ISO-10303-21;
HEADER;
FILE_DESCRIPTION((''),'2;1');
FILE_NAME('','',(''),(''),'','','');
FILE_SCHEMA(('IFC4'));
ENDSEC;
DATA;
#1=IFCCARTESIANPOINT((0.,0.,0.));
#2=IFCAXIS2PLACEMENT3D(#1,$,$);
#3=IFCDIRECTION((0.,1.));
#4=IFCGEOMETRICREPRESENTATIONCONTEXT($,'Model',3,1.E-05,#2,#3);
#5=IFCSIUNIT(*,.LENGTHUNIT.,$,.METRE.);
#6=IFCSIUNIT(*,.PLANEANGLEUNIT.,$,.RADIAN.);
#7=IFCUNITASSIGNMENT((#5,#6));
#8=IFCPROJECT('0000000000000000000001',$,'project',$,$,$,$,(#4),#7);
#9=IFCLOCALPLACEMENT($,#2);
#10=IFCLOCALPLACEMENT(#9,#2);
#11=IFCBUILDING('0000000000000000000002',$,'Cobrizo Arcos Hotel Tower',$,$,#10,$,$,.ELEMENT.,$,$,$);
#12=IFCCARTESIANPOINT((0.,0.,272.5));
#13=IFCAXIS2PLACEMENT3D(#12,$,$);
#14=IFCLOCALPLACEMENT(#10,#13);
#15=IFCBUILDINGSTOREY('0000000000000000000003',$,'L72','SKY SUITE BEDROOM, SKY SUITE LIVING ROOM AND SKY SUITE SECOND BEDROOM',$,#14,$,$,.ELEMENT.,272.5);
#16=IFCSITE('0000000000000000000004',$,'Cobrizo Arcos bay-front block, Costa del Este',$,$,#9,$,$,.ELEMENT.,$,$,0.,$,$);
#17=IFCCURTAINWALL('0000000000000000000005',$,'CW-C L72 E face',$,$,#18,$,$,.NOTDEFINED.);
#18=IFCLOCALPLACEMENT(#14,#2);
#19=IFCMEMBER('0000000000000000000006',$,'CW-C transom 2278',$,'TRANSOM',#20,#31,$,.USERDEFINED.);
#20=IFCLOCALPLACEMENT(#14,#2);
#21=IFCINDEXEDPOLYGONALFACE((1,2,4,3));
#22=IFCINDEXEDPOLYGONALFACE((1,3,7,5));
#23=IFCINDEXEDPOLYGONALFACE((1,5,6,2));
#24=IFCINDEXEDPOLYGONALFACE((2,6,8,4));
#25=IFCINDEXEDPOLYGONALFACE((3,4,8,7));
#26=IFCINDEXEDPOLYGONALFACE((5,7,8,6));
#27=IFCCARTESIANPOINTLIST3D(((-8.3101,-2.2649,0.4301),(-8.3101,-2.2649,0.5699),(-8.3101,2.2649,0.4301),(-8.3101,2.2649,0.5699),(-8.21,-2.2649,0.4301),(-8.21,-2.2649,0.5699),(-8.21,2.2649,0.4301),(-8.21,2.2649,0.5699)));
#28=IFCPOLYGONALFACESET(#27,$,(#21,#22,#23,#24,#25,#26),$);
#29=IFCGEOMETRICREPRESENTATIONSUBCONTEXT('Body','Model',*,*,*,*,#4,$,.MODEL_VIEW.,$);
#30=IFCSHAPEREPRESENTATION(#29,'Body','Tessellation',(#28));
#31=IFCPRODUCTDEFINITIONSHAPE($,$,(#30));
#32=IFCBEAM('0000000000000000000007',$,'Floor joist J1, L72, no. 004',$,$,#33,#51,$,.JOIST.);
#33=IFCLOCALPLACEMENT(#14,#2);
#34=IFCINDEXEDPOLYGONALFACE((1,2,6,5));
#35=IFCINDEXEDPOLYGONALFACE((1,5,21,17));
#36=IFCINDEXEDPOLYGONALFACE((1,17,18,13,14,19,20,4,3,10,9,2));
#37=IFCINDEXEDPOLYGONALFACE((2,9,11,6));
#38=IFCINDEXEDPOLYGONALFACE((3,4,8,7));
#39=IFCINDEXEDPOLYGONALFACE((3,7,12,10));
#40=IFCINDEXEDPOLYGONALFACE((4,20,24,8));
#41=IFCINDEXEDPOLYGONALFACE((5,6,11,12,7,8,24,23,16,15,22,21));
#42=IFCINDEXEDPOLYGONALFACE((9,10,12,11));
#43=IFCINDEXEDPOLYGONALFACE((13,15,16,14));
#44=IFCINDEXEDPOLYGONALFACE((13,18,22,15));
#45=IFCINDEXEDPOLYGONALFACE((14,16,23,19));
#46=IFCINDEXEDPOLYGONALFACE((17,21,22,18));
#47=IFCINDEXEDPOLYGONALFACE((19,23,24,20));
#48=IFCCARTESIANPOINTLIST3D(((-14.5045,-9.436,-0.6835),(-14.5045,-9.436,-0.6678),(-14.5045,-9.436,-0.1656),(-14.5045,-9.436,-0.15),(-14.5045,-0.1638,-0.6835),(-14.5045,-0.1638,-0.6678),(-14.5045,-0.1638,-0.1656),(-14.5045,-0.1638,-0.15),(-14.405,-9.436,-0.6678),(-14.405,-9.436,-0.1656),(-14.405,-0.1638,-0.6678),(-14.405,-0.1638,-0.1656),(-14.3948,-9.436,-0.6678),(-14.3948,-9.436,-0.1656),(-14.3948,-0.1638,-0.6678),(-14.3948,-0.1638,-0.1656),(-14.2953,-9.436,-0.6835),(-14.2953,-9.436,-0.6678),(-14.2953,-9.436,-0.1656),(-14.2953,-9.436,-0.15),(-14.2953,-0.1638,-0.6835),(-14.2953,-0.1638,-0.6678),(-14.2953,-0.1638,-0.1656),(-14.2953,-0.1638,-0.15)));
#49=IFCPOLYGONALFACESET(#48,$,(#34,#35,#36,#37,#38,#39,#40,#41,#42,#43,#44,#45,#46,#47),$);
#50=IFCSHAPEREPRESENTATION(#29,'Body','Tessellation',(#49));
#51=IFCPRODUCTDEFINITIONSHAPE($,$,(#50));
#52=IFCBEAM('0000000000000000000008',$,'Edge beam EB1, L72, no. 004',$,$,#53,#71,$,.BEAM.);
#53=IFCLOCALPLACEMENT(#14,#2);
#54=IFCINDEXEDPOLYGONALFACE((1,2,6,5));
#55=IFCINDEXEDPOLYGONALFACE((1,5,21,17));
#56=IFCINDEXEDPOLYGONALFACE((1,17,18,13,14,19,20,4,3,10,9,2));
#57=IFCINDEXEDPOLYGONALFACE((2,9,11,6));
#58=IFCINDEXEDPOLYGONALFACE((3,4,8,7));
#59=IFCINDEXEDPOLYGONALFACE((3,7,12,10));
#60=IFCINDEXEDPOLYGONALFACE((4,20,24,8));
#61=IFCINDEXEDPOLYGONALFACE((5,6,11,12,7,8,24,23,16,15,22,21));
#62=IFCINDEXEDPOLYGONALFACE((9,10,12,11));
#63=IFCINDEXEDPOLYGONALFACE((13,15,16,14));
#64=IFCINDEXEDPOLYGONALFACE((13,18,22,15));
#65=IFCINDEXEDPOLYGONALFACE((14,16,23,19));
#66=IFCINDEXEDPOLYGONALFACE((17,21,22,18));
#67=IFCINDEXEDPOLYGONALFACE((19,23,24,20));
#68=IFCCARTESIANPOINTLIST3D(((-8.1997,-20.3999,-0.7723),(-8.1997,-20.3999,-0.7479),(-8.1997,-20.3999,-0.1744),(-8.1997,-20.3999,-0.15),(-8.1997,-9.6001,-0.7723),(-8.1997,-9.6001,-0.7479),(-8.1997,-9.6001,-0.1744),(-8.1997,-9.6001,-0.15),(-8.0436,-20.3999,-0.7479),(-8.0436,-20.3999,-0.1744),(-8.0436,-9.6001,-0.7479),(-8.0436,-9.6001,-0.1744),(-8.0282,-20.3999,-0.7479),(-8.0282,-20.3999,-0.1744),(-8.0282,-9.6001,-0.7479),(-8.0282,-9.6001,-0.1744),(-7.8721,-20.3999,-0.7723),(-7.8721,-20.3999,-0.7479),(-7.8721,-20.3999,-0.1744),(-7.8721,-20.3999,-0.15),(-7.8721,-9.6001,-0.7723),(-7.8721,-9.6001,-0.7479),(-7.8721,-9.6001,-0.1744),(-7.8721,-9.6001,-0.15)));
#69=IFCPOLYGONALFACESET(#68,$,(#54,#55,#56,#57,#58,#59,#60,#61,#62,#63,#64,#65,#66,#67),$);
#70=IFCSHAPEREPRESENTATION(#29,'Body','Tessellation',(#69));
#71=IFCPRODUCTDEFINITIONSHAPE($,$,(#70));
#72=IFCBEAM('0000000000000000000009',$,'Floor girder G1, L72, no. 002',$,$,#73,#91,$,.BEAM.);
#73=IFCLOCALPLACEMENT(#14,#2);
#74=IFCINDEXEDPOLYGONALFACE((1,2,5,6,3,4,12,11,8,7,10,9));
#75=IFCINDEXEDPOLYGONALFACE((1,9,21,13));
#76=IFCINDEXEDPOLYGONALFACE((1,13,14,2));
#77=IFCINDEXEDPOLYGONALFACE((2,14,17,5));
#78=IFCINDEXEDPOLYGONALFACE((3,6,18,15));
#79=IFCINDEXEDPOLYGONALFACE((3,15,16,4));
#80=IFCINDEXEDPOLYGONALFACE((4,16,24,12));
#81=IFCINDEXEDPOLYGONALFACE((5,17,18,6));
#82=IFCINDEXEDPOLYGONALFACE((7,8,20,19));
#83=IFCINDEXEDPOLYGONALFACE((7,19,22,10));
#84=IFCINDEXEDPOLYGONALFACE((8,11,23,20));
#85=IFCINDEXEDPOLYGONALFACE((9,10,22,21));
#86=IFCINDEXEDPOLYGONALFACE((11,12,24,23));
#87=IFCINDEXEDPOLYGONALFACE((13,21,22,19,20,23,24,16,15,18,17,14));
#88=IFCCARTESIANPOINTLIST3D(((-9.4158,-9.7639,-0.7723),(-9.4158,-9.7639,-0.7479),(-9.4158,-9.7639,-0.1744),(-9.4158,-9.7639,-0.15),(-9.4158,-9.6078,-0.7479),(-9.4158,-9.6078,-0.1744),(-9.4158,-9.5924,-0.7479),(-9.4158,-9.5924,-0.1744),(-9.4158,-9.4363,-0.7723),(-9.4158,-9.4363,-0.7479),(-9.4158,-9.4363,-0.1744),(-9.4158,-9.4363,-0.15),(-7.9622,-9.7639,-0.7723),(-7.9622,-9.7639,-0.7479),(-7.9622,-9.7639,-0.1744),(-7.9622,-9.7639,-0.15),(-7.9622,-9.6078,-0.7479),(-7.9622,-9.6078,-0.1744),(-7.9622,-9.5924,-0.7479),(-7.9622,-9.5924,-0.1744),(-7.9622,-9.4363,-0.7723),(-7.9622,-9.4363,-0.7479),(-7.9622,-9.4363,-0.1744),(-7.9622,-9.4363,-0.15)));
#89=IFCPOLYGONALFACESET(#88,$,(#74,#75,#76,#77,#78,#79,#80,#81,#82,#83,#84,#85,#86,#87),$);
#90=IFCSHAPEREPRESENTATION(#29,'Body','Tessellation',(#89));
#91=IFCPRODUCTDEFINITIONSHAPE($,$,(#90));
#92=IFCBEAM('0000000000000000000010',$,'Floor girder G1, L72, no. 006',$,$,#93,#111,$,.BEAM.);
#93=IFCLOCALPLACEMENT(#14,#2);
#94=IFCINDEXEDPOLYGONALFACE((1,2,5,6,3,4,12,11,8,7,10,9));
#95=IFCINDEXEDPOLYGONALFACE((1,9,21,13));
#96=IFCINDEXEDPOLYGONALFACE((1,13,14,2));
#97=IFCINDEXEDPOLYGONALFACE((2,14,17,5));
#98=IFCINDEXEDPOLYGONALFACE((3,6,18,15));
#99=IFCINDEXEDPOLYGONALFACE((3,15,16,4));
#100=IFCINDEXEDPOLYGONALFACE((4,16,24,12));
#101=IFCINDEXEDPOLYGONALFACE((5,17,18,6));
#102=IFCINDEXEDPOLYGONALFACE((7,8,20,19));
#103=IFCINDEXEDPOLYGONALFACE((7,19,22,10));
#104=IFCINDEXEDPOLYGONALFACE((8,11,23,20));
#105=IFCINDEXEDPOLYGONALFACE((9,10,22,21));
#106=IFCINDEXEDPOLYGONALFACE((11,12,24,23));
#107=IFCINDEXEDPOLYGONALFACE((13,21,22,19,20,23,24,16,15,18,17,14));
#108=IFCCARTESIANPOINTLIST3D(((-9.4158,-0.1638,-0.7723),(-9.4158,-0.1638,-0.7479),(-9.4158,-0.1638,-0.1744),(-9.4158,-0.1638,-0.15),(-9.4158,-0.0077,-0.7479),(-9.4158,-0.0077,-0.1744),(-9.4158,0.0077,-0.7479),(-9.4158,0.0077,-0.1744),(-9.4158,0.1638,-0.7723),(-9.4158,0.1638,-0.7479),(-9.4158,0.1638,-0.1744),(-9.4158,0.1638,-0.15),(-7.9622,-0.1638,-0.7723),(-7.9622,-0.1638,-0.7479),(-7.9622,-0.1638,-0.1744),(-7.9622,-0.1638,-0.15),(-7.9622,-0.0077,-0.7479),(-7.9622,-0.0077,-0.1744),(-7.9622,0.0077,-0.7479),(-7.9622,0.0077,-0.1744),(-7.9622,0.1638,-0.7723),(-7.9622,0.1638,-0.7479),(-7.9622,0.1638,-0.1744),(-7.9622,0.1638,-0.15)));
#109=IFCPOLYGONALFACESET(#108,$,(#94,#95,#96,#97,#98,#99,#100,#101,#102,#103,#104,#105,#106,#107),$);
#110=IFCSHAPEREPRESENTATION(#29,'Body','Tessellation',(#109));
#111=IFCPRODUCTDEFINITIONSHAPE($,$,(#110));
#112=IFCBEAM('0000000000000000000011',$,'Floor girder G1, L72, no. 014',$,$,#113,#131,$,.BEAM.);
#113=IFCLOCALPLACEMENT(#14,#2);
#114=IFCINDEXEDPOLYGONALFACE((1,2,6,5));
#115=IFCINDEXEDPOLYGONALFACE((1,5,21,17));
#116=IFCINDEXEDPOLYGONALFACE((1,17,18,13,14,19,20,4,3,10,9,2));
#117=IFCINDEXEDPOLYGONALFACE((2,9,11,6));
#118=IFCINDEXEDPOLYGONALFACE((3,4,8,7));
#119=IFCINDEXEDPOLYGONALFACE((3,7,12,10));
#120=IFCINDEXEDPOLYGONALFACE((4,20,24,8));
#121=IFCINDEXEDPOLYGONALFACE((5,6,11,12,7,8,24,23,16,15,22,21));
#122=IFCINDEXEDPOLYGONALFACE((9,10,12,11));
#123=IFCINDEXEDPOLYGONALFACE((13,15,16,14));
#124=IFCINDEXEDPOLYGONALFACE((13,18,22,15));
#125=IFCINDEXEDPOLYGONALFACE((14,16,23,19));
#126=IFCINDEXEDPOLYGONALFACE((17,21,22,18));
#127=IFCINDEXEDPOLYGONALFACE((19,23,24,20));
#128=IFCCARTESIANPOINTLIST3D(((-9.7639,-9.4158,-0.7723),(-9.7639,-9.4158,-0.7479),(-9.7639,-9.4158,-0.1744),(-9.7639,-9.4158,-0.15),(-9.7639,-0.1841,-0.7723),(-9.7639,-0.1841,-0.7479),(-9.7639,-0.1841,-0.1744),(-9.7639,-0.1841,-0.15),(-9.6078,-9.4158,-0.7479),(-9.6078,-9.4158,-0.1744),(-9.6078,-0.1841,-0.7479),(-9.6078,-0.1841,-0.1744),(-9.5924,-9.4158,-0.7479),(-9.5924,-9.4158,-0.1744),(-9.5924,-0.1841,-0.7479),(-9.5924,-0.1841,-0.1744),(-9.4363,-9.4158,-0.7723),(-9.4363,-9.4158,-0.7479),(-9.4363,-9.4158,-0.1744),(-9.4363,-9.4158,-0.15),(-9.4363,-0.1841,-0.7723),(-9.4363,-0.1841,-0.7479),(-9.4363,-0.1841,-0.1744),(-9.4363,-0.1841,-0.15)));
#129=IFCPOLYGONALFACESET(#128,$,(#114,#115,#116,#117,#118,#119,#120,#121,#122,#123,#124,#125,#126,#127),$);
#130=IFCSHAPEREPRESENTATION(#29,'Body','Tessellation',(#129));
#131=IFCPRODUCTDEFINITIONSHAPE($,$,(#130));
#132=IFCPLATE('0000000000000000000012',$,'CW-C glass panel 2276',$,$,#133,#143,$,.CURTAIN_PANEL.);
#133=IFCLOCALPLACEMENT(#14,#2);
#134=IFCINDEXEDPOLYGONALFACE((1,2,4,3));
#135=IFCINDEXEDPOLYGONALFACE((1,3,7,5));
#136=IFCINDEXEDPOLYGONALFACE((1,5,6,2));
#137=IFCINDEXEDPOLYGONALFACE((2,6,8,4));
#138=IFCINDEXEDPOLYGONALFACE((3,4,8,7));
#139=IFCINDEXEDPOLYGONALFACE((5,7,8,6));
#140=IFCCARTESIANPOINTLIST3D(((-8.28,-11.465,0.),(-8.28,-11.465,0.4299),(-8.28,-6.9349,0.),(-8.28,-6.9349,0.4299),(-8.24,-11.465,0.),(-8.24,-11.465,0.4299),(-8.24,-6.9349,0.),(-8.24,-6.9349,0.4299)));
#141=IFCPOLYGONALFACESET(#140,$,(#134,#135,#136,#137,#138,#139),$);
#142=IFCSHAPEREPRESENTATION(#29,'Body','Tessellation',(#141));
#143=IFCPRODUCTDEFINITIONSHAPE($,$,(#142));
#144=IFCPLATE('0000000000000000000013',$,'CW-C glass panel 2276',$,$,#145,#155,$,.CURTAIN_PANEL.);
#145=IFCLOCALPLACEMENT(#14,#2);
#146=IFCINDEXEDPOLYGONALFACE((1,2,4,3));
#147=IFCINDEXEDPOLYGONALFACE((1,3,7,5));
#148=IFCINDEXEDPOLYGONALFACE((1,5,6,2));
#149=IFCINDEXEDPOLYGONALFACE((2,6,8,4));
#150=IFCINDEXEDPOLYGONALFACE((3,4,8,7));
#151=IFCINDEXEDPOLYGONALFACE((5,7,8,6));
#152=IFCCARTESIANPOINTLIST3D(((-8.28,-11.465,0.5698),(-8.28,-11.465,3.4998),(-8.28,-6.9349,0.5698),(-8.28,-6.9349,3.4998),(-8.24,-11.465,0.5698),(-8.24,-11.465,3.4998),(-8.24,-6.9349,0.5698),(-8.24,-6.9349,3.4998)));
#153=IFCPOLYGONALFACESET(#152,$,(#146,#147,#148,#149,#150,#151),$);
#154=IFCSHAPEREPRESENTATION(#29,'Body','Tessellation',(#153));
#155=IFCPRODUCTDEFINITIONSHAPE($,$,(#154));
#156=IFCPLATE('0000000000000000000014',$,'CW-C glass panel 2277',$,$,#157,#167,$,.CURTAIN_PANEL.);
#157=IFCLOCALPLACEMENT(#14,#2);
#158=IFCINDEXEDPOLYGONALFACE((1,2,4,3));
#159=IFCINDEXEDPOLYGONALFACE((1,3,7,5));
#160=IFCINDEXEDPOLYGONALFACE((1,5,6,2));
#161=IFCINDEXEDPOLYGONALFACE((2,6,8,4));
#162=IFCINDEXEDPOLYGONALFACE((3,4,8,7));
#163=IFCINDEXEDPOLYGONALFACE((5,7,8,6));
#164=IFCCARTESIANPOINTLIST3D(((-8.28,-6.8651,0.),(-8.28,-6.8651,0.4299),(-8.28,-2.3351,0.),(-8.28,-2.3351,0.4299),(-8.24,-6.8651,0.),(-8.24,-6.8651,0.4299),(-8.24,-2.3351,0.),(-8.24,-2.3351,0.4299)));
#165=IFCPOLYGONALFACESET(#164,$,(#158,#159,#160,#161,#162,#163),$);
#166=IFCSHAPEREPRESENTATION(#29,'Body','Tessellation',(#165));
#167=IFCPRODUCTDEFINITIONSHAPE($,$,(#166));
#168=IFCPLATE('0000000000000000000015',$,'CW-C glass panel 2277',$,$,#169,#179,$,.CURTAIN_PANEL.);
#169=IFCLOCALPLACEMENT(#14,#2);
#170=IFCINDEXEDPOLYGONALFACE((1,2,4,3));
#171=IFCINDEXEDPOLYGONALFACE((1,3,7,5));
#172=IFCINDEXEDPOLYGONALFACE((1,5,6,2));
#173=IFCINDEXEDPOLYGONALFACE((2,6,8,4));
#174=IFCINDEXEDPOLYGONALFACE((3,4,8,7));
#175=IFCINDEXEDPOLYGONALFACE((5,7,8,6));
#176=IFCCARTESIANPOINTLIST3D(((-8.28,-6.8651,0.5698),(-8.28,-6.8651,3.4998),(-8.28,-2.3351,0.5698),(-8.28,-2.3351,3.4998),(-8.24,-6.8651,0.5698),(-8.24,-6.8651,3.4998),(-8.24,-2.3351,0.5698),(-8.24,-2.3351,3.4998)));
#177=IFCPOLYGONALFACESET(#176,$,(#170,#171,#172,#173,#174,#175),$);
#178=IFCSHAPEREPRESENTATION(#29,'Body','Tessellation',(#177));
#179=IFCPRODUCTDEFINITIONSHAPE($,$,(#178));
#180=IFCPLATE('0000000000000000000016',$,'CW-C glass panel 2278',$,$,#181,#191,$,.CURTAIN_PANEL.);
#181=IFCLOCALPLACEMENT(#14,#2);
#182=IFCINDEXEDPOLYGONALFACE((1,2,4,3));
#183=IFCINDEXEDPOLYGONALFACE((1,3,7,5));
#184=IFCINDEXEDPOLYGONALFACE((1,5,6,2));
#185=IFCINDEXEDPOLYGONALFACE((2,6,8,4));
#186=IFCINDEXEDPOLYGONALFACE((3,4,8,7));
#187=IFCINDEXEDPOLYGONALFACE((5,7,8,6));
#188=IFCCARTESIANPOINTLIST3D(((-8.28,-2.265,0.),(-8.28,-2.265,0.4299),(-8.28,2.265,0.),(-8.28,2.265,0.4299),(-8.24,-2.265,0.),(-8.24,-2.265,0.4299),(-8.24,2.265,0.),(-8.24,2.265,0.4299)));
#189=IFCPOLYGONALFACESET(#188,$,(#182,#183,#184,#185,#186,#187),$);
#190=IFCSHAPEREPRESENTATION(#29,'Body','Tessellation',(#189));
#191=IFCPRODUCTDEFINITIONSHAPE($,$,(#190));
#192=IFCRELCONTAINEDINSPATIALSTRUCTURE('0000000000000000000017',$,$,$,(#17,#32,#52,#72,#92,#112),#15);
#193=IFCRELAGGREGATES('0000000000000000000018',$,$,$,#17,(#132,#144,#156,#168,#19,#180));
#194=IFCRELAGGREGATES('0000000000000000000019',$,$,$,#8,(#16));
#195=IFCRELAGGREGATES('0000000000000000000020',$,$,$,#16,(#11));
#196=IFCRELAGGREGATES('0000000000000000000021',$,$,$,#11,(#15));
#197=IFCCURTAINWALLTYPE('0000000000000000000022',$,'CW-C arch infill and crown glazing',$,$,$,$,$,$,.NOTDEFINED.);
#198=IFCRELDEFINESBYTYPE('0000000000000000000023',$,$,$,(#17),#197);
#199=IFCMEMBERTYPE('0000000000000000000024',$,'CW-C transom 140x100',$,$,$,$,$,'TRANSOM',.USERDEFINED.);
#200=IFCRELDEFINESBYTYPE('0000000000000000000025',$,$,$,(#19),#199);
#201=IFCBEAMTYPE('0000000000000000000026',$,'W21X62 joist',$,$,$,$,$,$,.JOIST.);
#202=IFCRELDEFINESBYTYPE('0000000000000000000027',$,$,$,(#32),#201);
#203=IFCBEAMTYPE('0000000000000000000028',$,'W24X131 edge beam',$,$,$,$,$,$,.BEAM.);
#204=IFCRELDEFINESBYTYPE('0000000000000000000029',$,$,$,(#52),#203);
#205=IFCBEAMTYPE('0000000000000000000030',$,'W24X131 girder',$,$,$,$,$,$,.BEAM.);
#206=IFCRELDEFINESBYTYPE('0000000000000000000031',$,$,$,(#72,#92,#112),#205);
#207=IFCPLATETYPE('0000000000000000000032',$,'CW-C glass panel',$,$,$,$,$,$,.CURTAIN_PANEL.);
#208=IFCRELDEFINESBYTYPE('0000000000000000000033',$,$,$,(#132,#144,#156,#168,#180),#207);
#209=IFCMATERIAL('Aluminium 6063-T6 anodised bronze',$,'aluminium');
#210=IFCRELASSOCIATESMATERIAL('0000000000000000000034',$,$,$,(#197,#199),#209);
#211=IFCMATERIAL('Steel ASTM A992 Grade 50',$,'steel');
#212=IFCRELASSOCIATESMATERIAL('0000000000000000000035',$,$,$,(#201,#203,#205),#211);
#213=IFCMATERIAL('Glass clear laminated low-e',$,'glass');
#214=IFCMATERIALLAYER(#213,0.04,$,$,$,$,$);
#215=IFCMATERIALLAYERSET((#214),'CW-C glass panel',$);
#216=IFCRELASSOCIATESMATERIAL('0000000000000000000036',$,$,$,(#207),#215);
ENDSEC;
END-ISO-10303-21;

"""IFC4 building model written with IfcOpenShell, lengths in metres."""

from ifc_helpers import new_model, si_unit, direction, frame, origin, origin_2d, place, context, subcontext, project, spatial, rectangle, i_section, extrude, material, layer, layer_set, material_profile, profile_set, type_object, element, aggregate, save


model = new_model("IFC4")

# Units and contexts
model_context = context("Model", 3, precision=1e-05, world=origin(), true_north=direction((0.0, 1.0)))
body_context = subcontext(model_context, "Body", "Model", "MODEL_VIEW")
ifc_project = project(units=[si_unit("LENGTHUNIT", "METRE"), si_unit("PLANEANGLEUNIT", "RADIAN")], contexts=[model_context])

# Site, building, storey
site_placement = place(None, origin())
site = spatial("IfcSite", under=ifc_project, at=site_placement, Name="Cobrizo Arcos bay-front block, Costa del Este", CompositionType="ELEMENT", RefElevation=0.0)
building_placement = place(site_placement, origin())
building = spatial("IfcBuilding", under=site, at=building_placement, Name="Cobrizo Arcos Hotel Tower", CompositionType="ELEMENT")
storey_placement = place(building_placement, frame((0.0, 0.0, 272.5)))
storey = spatial("IfcBuildingStorey", under=building, at=storey_placement, Name="L72", Description="SKY SUITE BEDROOM, SKY SUITE LIVING ROOM AND SKY SUITE SECOND BEDROOM", CompositionType="ELEMENT", Elevation=272.5)

# Shared definitions
ifc_material_1 = material(Name="Steel ASTM A992 Grade 50", Category="steel")

# Curtain wall, member
ifc_material_2 = material(Name="Aluminium 6063-T6 anodised bronze", Category="aluminium")
curtain_wall_type = type_object("IfcCurtainWallType", Name="CW-C arch infill and crown glazing", PredefinedType="NOTDEFINED", material=ifc_material_2)
curtain_wall_placement = place(storey_placement, origin())
curtain_wall = element("IfcCurtainWall", 1, at=curtain_wall_placement, inside=storey, type_object=curtain_wall_type, Name="CW-C L72 E face", PredefinedType="NOTDEFINED")
ifc_material_profile_1 = material_profile(ifc_material_2, rectangle(XDim=0.1001, YDim=0.1399, at=origin_2d()), Name="CW-C transom 140x100")
ifc_profile_set_1 = profile_set([ifc_material_profile_1], Name="Aluminium 6063-T6 anodised bronze")
member_type_1 = type_object("IfcMemberType", Name="CW-C transom 140x100", ElementType="TRANSOM", PredefinedType="USERDEFINED", material=ifc_profile_set_1)
member_1_placement = place(storey_placement, frame((-8.26, -2.2649, 0.5), z_axis=(0.0, 1.0, 0.0), x_axis=(-1.0, 0.0, 0.0)))
member_1 = element("IfcMember", 2, at=member_1_placement, type_object=member_type_1, Name="CW-C transom 2278", ObjectType="TRANSOM", PredefinedType="USERDEFINED", context=body_context, shape_type="SweptSolid", body=[
    extrude(rectangle(XDim=0.1001, YDim=0.1399, at=origin_2d()), origin(), (0.0, 0.0, 1.0), 4.5298),
])

# Beams
ifc_material_profile_2 = material_profile(ifc_material_1, i_section(OverallWidth=0.2092, OverallDepth=0.5334, WebThickness=0.0103, FlangeThickness=0.0156, at=origin_2d()), Name="W21X62")
ifc_profile_set_2 = profile_set([ifc_material_profile_2], Name="Steel ASTM A992 Grade 50")
beam_type_1 = type_object("IfcBeamType", Name="W21X62 joist", PredefinedType="JOIST", material=ifc_profile_set_2)
beam_1_placement = place(storey_placement, frame((-14.3999, -9.436, -0.4167), z_axis=(0.0, 1.0, 0.0), x_axis=(-1.0, 0.0, 0.0)))
element("IfcBeam", 3, at=beam_1_placement, inside=storey, type_object=beam_type_1, Name="Floor joist J1, L72, no. 004", PredefinedType="JOIST", context=body_context, shape_type="SweptSolid", body=[
    extrude(i_section(OverallWidth=0.2092, OverallDepth=0.5334, WebThickness=0.0103, FlangeThickness=0.0156, at=origin_2d()), origin(), (0.0, 0.0, 1.0), 9.2722),
])
ifc_material_profile_3 = material_profile(ifc_material_1, i_section(OverallWidth=0.3276, OverallDepth=0.6223, WebThickness=0.0154, FlangeThickness=0.0244, at=origin_2d()), Name="W24X131")
ifc_profile_set_3 = profile_set([ifc_material_profile_3], Name="Steel ASTM A992 Grade 50")
beam_type_2 = type_object("IfcBeamType", Name="W24X131 edge beam", PredefinedType="BEAM", material=ifc_profile_set_3)
beam_2_placement = place(storey_placement, frame((-8.0359, -9.6001, -0.4612), z_axis=(0.0, -1.0, 0.0), x_axis=(1.0, 0.0, 0.0)))
element("IfcBeam", 4, at=beam_2_placement, inside=storey, type_object=beam_type_2, Name="Edge beam EB1, L72, no. 004", PredefinedType="BEAM", context=body_context, shape_type="SweptSolid", body=[
    extrude(i_section(OverallWidth=0.3276, OverallDepth=0.6223, WebThickness=0.0154, FlangeThickness=0.0244, at=origin_2d()), origin(), (0.0, 0.0, 1.0), 10.7998),
])
ifc_material_profile_4 = material_profile(ifc_material_1, i_section(OverallWidth=0.3276, OverallDepth=0.6223, WebThickness=0.0154, FlangeThickness=0.0244, at=origin_2d()), Name="W24X131")
ifc_profile_set_4 = profile_set([ifc_material_profile_4], Name="Steel ASTM A992 Grade 50")
beam_type_3 = type_object("IfcBeamType", Name="W24X131 girder", PredefinedType="BEAM", material=ifc_profile_set_4)
for number, where, z_axis, x_axis, name in (
    (5, (-9.4158, -9.6001, -0.4612), (1.0, 0.0, 0.0), (0.0, 1.0, 0.0), "Floor girder G1, L72, no. 002"),
    (6, (-9.4158, 0.0, -0.4612), (1.0, 0.0, 0.0), (0.0, 1.0, 0.0), "Floor girder G1, L72, no. 006"),
):
    element("IfcBeam", number, at=place(storey_placement, frame(where, z_axis=z_axis, x_axis=x_axis)), inside=storey, type_object=beam_type_3, Name=name, PredefinedType="BEAM", context=body_context, shape_type="SweptSolid", body=[
        extrude(i_section(OverallWidth=0.3276, OverallDepth=0.6223, WebThickness=0.0154, FlangeThickness=0.0244, at=origin_2d()), origin(), (0.0, 0.0, 1.0), 1.4536),
    ])
beam_3_placement = place(storey_placement, frame((-9.6001, -9.4158, -0.4612), z_axis=(0.0, 1.0, 0.0), x_axis=(-1.0, 0.0, 0.0)))
element("IfcBeam", 7, at=beam_3_placement, inside=storey, type_object=beam_type_3, Name="Floor girder G1, L72, no. 014", PredefinedType="BEAM", context=body_context, shape_type="SweptSolid", body=[
    extrude(i_section(OverallWidth=0.3276, OverallDepth=0.6223, WebThickness=0.0154, FlangeThickness=0.0244, at=origin_2d()), origin(), (0.0, 0.0, 1.0), 9.2317),
])

# Plates
ifc_material_3 = material(Name="Glass clear laminated low-e", Category="glass")
ifc_layer_1 = layer(ifc_material_3, 0.04)
ifc_layer_set_1 = layer_set([ifc_layer_1], Name="CW-C glass panel")
plate_type = type_object("IfcPlateType", Name="CW-C glass panel", PredefinedType="CURTAIN_PANEL", material=ifc_layer_set_1)
plate_1_placement = place(storey_placement, frame((-8.26, -9.2, 0.0), z_axis=(0.0, 0.0, 1.0), x_axis=(0.0, 1.0, 0.0)))
plate_1 = element("IfcPlate", 8, at=plate_1_placement, type_object=plate_type, Name="CW-C glass panel 2276", PredefinedType="CURTAIN_PANEL", context=body_context, shape_type="SweptSolid", body=[
    extrude(rectangle(XDim=4.53, YDim=0.04, at=origin_2d()), origin(), (0.0, 0.0, 1.0), 0.4299),
])
plate_2_placement = place(storey_placement, frame((-8.26, -9.2, 0.5698), z_axis=(0.0, 0.0, 1.0), x_axis=(0.0, 1.0, 0.0)))
plate_2 = element("IfcPlate", 9, at=plate_2_placement, type_object=plate_type, Name="CW-C glass panel 2276", PredefinedType="CURTAIN_PANEL", context=body_context, shape_type="SweptSolid", body=[
    extrude(rectangle(XDim=4.53, YDim=0.04, at=origin_2d()), origin(), (0.0, 0.0, 1.0), 2.9299),
])
plate_3_placement = place(storey_placement, frame((-8.26, -4.6001, 0.0), z_axis=(0.0, 0.0, 1.0), x_axis=(0.0, 1.0, 0.0)))
plate_3 = element("IfcPlate", 10, at=plate_3_placement, type_object=plate_type, Name="CW-C glass panel 2277", PredefinedType="CURTAIN_PANEL", context=body_context, shape_type="SweptSolid", body=[
    extrude(rectangle(XDim=4.53, YDim=0.04, at=origin_2d()), origin(), (0.0, 0.0, 1.0), 0.4299),
])
plate_4_placement = place(storey_placement, frame((-8.26, -4.6001, 0.5698), z_axis=(0.0, 0.0, 1.0), x_axis=(0.0, 1.0, 0.0)))
plate_4 = element("IfcPlate", 11, at=plate_4_placement, type_object=plate_type, Name="CW-C glass panel 2277", PredefinedType="CURTAIN_PANEL", context=body_context, shape_type="SweptSolid", body=[
    extrude(rectangle(XDim=4.53, YDim=0.04, at=origin_2d()), origin(), (0.0, 0.0, 1.0), 2.9299),
])
plate_5_placement = place(storey_placement, frame((-8.26, 0.0, 0.0), z_axis=(0.0, 0.0, 1.0), x_axis=(0.0, 1.0, 0.0)))
plate_5 = element("IfcPlate", 12, at=plate_5_placement, type_object=plate_type, Name="CW-C glass panel 2278", PredefinedType="CURTAIN_PANEL", context=body_context, shape_type="SweptSolid", body=[
    extrude(rectangle(XDim=4.53, YDim=0.04, at=origin_2d()), origin(), (0.0, 0.0, 1.0), 0.4299),
])
aggregate(curtain_wall, [plate_1, plate_2, plate_3, plate_4, member_1, plate_5])

save(model, "model.ifc")
